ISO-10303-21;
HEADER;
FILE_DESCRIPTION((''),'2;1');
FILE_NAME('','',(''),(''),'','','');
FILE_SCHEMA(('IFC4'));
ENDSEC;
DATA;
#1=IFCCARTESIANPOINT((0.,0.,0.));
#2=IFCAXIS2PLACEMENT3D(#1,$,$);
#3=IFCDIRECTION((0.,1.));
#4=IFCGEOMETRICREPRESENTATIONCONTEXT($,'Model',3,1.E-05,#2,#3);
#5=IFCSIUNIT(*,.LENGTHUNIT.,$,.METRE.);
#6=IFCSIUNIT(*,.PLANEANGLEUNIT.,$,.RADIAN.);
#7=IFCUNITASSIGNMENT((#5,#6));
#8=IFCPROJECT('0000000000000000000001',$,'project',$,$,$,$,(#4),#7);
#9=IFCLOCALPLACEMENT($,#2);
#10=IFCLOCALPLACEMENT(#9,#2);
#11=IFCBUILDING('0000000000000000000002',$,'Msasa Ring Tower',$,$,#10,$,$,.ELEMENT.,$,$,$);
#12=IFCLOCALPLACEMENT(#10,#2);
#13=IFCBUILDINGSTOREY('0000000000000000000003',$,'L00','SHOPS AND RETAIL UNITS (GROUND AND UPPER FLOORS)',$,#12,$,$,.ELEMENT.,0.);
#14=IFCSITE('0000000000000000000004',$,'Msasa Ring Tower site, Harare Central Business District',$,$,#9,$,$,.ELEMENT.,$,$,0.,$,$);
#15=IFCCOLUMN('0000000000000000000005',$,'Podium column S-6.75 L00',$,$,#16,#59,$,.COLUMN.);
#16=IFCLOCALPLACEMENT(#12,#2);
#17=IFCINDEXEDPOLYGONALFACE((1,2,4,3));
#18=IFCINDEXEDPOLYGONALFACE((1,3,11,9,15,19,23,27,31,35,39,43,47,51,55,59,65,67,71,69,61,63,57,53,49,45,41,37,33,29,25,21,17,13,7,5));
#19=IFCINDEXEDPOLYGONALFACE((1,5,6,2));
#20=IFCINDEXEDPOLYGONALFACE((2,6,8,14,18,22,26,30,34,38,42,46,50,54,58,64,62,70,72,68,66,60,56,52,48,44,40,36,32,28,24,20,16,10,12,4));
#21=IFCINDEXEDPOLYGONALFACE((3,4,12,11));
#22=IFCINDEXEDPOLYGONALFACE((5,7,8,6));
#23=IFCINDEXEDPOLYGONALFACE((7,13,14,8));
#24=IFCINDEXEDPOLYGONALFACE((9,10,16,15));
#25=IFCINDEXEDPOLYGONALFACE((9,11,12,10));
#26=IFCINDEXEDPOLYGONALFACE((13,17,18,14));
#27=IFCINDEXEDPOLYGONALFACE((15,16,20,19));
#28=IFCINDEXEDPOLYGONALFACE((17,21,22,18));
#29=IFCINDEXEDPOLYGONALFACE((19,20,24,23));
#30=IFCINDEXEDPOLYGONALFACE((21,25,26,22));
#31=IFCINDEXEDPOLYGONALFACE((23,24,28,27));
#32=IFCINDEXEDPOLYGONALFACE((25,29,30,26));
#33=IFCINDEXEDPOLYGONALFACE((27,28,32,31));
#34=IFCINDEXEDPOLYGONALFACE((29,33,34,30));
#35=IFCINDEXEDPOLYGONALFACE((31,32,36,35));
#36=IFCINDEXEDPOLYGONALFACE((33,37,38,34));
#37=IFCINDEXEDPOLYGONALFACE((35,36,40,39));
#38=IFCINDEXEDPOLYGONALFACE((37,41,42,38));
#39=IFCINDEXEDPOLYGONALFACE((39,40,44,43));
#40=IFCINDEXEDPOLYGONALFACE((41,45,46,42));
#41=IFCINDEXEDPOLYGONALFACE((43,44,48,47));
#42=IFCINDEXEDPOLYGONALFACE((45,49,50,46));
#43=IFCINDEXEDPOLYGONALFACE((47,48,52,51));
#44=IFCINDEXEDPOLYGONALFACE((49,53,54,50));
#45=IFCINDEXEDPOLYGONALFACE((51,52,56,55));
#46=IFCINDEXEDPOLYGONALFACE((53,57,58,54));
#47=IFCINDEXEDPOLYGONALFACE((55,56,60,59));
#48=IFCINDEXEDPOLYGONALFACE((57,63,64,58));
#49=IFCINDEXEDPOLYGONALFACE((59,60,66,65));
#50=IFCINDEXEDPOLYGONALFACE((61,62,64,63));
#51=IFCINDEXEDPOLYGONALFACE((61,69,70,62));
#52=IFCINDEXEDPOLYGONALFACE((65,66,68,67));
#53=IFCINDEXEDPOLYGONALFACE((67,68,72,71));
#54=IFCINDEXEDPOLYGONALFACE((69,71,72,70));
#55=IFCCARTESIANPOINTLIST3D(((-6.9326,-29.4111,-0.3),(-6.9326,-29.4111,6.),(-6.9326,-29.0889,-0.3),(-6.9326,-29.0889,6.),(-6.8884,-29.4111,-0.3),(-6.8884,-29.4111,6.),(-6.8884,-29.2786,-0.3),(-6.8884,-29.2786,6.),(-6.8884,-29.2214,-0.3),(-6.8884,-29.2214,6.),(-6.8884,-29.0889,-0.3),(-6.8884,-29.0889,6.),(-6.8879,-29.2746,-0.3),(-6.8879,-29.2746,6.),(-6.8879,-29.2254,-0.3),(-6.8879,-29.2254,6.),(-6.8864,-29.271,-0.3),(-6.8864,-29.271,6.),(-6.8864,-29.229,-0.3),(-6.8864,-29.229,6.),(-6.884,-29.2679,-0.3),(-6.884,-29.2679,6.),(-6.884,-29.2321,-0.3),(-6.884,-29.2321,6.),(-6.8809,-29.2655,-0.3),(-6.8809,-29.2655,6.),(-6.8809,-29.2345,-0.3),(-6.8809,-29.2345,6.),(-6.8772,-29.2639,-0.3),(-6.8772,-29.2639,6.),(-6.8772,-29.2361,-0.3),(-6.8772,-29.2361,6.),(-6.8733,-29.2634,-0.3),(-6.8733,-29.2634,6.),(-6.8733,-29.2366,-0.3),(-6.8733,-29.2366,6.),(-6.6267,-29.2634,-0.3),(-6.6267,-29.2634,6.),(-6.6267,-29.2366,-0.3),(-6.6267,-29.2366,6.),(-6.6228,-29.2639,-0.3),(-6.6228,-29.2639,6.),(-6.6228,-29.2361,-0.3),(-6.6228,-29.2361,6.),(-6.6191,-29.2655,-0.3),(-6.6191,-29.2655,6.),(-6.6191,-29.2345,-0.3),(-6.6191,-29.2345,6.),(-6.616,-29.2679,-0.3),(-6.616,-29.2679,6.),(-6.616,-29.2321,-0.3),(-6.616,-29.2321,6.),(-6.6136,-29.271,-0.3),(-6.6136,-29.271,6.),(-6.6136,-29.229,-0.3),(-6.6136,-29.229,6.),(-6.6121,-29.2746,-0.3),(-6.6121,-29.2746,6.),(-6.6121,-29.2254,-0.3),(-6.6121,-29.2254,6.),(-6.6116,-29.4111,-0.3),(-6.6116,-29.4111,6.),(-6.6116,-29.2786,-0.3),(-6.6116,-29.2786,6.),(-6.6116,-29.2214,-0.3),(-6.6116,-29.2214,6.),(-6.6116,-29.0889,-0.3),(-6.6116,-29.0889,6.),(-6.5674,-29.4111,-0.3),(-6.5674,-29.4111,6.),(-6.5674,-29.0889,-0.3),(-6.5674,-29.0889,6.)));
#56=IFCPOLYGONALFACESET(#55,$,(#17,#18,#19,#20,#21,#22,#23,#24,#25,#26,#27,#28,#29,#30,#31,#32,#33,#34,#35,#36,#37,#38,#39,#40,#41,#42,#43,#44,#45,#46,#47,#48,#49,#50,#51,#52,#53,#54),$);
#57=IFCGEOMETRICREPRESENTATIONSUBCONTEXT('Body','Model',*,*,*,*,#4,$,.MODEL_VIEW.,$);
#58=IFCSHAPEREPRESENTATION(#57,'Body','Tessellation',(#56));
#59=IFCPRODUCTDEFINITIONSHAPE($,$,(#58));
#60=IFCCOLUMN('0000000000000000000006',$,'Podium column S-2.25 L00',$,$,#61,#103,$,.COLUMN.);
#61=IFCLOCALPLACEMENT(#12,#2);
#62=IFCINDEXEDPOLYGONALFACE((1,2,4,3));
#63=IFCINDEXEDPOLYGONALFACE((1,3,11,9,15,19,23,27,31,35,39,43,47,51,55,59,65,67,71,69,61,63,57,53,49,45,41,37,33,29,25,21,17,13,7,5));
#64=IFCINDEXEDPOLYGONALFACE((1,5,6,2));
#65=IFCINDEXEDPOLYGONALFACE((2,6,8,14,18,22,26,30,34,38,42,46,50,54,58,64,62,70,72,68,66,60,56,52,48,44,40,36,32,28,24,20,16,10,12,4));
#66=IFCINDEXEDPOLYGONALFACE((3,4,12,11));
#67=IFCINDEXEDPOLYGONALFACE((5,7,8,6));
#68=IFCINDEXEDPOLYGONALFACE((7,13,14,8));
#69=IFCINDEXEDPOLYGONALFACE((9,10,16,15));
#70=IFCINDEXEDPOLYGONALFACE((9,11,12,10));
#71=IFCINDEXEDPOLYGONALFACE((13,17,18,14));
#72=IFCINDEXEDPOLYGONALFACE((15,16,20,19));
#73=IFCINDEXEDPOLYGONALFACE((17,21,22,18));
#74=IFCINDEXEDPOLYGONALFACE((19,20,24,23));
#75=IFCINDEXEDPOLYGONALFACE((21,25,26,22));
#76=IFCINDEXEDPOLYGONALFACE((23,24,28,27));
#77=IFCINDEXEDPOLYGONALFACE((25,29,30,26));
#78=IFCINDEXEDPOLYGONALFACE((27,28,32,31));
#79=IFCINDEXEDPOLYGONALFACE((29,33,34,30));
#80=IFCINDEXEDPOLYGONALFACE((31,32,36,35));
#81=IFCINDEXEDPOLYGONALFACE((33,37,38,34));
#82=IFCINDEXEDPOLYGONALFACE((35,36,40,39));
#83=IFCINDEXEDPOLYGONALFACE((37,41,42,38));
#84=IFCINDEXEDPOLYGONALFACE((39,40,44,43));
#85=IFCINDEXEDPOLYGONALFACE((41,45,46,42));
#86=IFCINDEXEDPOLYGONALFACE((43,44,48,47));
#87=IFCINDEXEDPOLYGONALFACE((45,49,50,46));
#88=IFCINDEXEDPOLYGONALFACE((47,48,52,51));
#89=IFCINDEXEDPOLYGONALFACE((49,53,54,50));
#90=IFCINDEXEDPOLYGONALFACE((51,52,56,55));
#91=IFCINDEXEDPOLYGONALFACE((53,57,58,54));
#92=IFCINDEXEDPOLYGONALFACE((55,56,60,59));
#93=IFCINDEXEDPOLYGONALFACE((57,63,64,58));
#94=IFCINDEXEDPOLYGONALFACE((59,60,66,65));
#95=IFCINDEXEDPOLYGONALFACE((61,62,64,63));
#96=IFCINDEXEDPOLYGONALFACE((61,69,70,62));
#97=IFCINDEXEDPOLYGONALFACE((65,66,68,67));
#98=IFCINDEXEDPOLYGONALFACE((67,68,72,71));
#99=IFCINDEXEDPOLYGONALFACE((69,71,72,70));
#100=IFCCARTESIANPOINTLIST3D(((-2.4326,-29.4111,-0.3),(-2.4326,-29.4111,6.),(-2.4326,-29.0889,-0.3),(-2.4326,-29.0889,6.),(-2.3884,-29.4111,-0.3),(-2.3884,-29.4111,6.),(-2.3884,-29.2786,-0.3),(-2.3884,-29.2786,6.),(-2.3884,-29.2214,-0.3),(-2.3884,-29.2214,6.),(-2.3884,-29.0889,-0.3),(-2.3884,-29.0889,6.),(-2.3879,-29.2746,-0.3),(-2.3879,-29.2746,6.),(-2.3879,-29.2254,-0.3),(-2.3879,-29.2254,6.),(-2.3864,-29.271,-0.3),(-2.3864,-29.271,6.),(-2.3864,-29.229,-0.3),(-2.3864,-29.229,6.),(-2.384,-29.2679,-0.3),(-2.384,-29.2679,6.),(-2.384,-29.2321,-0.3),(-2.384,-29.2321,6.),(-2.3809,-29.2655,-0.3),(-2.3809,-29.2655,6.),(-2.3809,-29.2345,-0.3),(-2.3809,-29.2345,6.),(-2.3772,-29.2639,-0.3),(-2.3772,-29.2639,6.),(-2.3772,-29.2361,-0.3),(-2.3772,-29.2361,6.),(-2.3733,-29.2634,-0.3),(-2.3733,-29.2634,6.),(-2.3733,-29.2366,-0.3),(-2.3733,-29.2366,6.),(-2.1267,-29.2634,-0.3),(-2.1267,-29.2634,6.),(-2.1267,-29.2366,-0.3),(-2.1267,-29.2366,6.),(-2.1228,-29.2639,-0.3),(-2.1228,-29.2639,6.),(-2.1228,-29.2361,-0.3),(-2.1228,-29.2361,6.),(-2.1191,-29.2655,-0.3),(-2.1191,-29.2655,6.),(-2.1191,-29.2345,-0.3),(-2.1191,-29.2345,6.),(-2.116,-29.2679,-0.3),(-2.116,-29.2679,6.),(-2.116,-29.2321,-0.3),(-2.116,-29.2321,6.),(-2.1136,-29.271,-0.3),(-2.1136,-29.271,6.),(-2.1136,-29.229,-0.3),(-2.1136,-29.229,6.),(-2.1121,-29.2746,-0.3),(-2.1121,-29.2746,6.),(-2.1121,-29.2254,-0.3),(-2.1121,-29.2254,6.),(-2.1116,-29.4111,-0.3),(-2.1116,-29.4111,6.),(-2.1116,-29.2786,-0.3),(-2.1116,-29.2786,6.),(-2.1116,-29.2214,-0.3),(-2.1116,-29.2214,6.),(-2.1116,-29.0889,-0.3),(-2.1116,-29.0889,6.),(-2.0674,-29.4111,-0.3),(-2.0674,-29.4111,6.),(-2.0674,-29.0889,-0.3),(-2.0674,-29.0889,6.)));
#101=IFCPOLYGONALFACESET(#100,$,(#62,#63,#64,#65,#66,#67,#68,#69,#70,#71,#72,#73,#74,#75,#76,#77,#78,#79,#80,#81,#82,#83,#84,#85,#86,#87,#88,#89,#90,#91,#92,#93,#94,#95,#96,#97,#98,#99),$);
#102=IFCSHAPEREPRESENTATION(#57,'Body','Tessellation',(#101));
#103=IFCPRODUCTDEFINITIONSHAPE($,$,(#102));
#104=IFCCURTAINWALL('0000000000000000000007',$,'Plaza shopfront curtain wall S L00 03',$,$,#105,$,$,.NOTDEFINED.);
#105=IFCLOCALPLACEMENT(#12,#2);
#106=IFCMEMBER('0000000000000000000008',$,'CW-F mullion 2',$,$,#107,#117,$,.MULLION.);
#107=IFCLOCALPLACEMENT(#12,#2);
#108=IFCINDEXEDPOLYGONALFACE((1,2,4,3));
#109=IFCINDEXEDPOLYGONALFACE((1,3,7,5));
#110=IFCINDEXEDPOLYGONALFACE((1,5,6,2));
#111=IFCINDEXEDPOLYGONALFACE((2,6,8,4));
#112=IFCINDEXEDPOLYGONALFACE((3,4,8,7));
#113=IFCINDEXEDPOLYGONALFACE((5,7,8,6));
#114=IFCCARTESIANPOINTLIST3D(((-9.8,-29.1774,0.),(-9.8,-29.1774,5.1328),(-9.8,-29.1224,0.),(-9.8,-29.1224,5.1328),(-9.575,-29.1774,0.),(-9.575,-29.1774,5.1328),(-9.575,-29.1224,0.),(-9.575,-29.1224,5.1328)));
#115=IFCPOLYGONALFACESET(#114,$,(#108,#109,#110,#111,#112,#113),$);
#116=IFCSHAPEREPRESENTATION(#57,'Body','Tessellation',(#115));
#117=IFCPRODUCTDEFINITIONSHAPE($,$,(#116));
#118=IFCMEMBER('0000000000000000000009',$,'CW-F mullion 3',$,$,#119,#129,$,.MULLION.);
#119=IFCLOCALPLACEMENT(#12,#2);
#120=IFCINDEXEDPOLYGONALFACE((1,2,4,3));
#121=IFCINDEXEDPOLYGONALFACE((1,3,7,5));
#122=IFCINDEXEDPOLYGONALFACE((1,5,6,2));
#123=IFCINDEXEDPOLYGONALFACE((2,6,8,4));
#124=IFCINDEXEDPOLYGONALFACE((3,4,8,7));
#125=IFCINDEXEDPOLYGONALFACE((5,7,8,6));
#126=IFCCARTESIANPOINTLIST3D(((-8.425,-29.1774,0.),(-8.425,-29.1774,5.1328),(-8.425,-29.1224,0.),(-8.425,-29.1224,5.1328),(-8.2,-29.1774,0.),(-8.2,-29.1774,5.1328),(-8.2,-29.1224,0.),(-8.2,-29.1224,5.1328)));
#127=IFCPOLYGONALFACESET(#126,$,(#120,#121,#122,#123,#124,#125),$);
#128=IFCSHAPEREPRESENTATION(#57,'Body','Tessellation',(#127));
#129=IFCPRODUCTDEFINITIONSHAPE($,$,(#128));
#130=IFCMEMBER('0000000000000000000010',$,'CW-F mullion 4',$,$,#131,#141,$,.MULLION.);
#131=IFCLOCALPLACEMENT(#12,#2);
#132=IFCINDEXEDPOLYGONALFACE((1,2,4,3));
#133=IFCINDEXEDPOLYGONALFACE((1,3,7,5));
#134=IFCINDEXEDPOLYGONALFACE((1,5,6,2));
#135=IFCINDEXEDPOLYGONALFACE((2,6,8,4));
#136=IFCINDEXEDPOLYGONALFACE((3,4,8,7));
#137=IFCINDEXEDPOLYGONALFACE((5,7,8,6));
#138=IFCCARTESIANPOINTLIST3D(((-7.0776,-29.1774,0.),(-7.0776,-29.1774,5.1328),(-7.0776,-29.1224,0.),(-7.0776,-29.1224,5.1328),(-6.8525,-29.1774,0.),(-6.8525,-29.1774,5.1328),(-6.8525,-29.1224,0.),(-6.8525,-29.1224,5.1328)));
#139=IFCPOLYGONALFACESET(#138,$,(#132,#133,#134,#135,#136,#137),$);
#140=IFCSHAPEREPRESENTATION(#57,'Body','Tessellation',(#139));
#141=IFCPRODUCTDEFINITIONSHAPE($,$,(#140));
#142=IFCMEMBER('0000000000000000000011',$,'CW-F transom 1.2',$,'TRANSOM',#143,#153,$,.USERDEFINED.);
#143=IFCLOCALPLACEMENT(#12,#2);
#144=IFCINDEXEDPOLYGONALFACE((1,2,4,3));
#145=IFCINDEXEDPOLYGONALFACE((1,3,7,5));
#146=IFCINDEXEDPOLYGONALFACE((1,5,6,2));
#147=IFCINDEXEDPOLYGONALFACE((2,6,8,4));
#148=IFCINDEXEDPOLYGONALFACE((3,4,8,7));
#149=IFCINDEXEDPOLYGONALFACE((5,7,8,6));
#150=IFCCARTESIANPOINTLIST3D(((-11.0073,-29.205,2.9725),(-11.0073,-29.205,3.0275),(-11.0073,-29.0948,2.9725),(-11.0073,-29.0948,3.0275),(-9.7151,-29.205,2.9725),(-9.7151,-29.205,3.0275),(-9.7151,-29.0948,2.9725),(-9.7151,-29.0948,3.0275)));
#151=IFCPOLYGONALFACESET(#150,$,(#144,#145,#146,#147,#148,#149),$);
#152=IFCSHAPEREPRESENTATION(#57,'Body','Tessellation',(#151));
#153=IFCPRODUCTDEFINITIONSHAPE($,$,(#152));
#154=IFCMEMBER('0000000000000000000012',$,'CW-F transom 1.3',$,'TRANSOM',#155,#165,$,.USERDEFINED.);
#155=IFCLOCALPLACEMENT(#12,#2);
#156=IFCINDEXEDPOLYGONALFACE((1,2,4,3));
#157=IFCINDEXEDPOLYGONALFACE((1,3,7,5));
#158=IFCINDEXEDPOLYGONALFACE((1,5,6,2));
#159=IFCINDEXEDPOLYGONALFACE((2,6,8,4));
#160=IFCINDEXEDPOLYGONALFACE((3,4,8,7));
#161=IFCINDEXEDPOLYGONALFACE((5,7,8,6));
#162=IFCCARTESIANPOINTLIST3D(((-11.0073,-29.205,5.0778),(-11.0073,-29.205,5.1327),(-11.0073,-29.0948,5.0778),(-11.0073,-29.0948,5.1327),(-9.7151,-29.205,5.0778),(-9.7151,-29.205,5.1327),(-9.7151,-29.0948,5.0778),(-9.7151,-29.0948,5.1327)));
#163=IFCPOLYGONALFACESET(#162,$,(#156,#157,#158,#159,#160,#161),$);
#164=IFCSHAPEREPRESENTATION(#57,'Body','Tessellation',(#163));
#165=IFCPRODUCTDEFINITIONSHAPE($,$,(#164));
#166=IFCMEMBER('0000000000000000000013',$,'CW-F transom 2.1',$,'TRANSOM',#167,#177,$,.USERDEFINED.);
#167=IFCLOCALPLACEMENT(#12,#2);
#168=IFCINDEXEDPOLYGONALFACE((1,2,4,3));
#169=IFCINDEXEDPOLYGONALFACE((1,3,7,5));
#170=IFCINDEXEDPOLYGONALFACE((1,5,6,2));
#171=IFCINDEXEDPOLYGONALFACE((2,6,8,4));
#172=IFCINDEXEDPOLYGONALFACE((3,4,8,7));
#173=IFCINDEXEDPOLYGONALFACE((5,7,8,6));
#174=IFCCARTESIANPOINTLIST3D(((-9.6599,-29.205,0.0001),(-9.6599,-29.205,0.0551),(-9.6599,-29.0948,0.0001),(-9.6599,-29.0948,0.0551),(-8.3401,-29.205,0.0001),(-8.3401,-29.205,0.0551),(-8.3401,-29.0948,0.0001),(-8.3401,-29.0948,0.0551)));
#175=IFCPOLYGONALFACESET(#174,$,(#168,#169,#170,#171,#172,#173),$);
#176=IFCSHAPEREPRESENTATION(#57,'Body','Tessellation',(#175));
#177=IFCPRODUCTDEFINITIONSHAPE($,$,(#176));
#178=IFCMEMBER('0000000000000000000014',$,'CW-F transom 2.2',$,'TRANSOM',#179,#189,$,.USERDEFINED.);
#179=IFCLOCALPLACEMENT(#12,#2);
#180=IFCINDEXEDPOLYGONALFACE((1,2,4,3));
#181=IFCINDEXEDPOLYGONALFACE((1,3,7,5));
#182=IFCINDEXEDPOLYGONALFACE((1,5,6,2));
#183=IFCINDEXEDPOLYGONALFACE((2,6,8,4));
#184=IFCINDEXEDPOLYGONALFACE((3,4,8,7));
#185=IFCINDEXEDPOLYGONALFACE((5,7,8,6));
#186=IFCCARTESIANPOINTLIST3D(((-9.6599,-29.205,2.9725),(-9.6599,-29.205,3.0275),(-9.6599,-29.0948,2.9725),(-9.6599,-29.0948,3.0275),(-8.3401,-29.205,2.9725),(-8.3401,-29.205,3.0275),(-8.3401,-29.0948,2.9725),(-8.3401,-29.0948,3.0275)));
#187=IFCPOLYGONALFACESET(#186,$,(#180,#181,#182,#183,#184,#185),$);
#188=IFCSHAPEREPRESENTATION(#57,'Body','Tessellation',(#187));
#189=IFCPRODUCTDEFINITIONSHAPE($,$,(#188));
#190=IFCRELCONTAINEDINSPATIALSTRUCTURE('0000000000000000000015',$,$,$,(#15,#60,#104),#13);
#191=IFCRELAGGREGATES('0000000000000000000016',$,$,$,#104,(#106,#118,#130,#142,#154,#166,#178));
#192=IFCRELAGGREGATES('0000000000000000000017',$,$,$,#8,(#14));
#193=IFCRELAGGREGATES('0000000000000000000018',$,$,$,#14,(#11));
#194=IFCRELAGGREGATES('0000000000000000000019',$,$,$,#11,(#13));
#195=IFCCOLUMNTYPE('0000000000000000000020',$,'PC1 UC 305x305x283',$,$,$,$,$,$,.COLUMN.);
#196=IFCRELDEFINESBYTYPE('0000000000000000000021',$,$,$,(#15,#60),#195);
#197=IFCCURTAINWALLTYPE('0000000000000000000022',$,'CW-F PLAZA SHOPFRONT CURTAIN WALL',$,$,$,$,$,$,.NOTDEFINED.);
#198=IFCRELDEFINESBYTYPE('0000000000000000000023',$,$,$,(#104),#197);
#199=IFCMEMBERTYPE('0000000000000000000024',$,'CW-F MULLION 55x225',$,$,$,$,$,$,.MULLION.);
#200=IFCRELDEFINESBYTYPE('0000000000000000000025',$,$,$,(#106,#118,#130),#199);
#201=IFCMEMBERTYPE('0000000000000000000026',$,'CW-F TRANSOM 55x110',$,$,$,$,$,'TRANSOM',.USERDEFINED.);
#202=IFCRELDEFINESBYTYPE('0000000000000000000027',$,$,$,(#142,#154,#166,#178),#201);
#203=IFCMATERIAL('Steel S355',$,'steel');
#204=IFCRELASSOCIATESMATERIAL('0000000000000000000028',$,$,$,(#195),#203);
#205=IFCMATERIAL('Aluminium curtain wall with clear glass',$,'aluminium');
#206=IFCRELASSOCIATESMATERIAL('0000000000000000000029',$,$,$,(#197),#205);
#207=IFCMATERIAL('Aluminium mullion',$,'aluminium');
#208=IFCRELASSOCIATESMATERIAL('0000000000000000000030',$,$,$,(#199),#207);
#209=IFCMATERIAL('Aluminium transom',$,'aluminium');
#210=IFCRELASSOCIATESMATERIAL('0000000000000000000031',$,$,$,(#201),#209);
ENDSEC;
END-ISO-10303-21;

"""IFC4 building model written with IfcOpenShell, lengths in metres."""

from ifc_helpers import new_model, si_unit, direction, frame, origin, origin_2d, place, context, subcontext, project, spatial, rectangle, i_section, extrude, material, material_profile, profile_set, type_object, element, aggregate, save


model = new_model("IFC4")

# Units and contexts
model_context = context("Model", 3, precision=1e-05, world=origin(), true_north=direction((0.0, 1.0)))
body_context = subcontext(model_context, "Body", "Model", "MODEL_VIEW")
ifc_project = project(units=[si_unit("LENGTHUNIT", "METRE"), si_unit("PLANEANGLEUNIT", "RADIAN")], contexts=[model_context])

# Site, building, storey
site_placement = place(None, origin())
site = spatial("IfcSite", under=ifc_project, at=site_placement, Name="Msasa Ring Tower site, Harare Central Business District", CompositionType="ELEMENT", RefElevation=0.0)
building_placement = place(site_placement, origin())
building = spatial("IfcBuilding", under=site, at=building_placement, Name="Msasa Ring Tower", CompositionType="ELEMENT")
storey_placement = place(building_placement, origin())
storey = spatial("IfcBuildingStorey", under=building, at=storey_placement, Name="L00", Description="SHOPS AND RETAIL UNITS (GROUND AND UPPER FLOORS)", CompositionType="ELEMENT", Elevation=0.0)

# Columns
ifc_material_1 = material(Name="Steel S355", Category="steel")
ifc_material_profile_1 = material_profile(ifc_material_1, i_section(OverallWidth=0.3223, OverallDepth=0.3652, WebThickness=0.0269, FlangeThickness=0.0442, FilletRadius=0.0151, at=origin_2d()), Name="UC 305x305x283")
ifc_profile_set_1 = profile_set([ifc_material_profile_1], Name="Steel S355")
column_type = type_object("IfcColumnType", Name="PC1 UC 305x305x283", PredefinedType="COLUMN", material=ifc_profile_set_1)
for number, where, z_axis, x_axis, name in (
    (1, (-6.75, -29.25, -0.3), (0.0, 0.0, 1.0), (0.0, 1.0, 0.0), "Podium column S-6.75 L00"),
    (2, (-2.25, -29.25, -0.3), (0.0, 0.0, 1.0), (0.0, 1.0, 0.0), "Podium column S-2.25 L00"),
):
    element("IfcColumn", number, at=place(storey_placement, frame(where, z_axis=z_axis, x_axis=x_axis)), inside=storey, type_object=column_type, Name=name, PredefinedType="COLUMN", context=body_context, shape_type="SweptSolid", body=[
        extrude(i_section(OverallWidth=0.3223, OverallDepth=0.3652, WebThickness=0.0269, FlangeThickness=0.0442, FilletRadius=0.0151, at=origin_2d()), origin(), (0.0, 0.0, 1.0), 6.3),
    ])

# Curtain wall, members
ifc_material_2 = material(Name="Aluminium curtain wall with clear glass", Category="aluminium")
curtain_wall_type = type_object("IfcCurtainWallType", Name="CW-F PLAZA SHOPFRONT CURTAIN WALL", PredefinedType="NOTDEFINED", material=ifc_material_2)
curtain_wall_placement = place(storey_placement, origin())
curtain_wall = element("IfcCurtainWall", 3, at=curtain_wall_placement, inside=storey, type_object=curtain_wall_type, Name="Plaza shopfront curtain wall S L00 03", PredefinedType="NOTDEFINED")
ifc_material_3 = material(Name="Aluminium mullion", Category="aluminium")
ifc_material_profile_2 = material_profile(ifc_material_3, rectangle(XDim=0.0549, YDim=0.2251, at=origin_2d()), Name="AL 55x225")
ifc_profile_set_2 = profile_set([ifc_material_profile_2], Name="Aluminium mullion")
member_type_1 = type_object("IfcMemberType", Name="CW-F MULLION 55x225", PredefinedType="MULLION", material=ifc_profile_set_2)
member_1_placement = place(storey_placement, frame((-9.6875, -29.1499, 0.0), z_axis=(0.0, 0.0, 1.0), x_axis=(0.0, 1.0, 0.0)))
member_1 = element("IfcMember", 4, at=member_1_placement, type_object=member_type_1, Name="CW-F mullion 2", PredefinedType="MULLION", context=body_context, shape_type="SweptSolid", body=[
    extrude(rectangle(XDim=0.0549, YDim=0.2251, at=origin_2d()), origin(), (0.0, 0.0, 1.0), 5.1328),
])
member_2_placement = place(storey_placement, frame((-8.3125, -29.1499, 0.0), z_axis=(0.0, 0.0, 1.0), x_axis=(0.0, 1.0, 0.0)))
member_2 = element("IfcMember", 5, at=member_2_placement, type_object=member_type_1, Name="CW-F mullion 3", PredefinedType="MULLION", context=body_context, shape_type="SweptSolid", body=[
    extrude(rectangle(XDim=0.0549, YDim=0.2251, at=origin_2d()), origin(), (0.0, 0.0, 1.0), 5.1328),
])
member_3_placement = place(storey_placement, frame((-6.9651, -29.1499, 0.0), z_axis=(0.0, 0.0, 1.0), x_axis=(0.0, 1.0, 0.0)))
member_3 = element("IfcMember", 6, at=member_3_placement, type_object=member_type_1, Name="CW-F mullion 4", PredefinedType="MULLION", context=body_context, shape_type="SweptSolid", body=[
    extrude(rectangle(XDim=0.0549, YDim=0.2251, at=origin_2d()), origin(), (0.0, 0.0, 1.0), 5.1328),
])
ifc_material_4 = material(Name="Aluminium transom", Category="aluminium")
ifc_material_profile_3 = material_profile(ifc_material_4, rectangle(XDim=0.1101, YDim=0.0549, at=origin_2d()), Name="AL 55x110")
ifc_profile_set_3 = profile_set([ifc_material_profile_3], Name="Aluminium transom")
member_type_2 = type_object("IfcMemberType", Name="CW-F TRANSOM 55x110", ElementType="TRANSOM", PredefinedType="USERDEFINED", material=ifc_profile_set_3)
member_4_placement = place(storey_placement, frame((-11.0073, -29.1499, 3.0), z_axis=(1.0, 0.0, 0.0), x_axis=(0.0, 1.0, 0.0)))
member_4 = element("IfcMember", 7, at=member_4_placement, type_object=member_type_2, Name="CW-F transom 1.2", ObjectType="TRANSOM", PredefinedType="USERDEFINED", context=body_context, shape_type="SweptSolid", body=[
    extrude(rectangle(XDim=0.1101, YDim=0.0549, at=origin_2d()), origin(), (0.0, 0.0, 1.0), 1.2922),
])
member_5_placement = place(storey_placement, frame((-11.0073, -29.1499, 5.1052), z_axis=(1.0, 0.0, 0.0), x_axis=(0.0, 1.0, 0.0)))
member_5 = element("IfcMember", 8, at=member_5_placement, type_object=member_type_2, Name="CW-F transom 1.3", ObjectType="TRANSOM", PredefinedType="USERDEFINED", context=body_context, shape_type="SweptSolid", body=[
    extrude(rectangle(XDim=0.1101, YDim=0.0549, at=origin_2d()), origin(), (0.0, 0.0, 1.0), 1.2922),
])
member_6_placement = place(storey_placement, frame((-9.6599, -29.1499, 0.0276), z_axis=(1.0, 0.0, 0.0), x_axis=(0.0, 1.0, 0.0)))
member_6 = element("IfcMember", 9, at=member_6_placement, type_object=member_type_2, Name="CW-F transom 2.1", ObjectType="TRANSOM", PredefinedType="USERDEFINED", context=body_context, shape_type="SweptSolid", body=[
    extrude(rectangle(XDim=0.1101, YDim=0.0549, at=origin_2d()), origin(), (0.0, 0.0, 1.0), 1.3198),
])
member_7_placement = place(storey_placement, frame((-9.6599, -29.1499, 3.0), z_axis=(1.0, 0.0, 0.0), x_axis=(0.0, 1.0, 0.0)))
member_7 = element("IfcMember", 10, at=member_7_placement, type_object=member_type_2, Name="CW-F transom 2.2", ObjectType="TRANSOM", PredefinedType="USERDEFINED", context=body_context, shape_type="SweptSolid", body=[
    extrude(rectangle(XDim=0.1101, YDim=0.0549, at=origin_2d()), origin(), (0.0, 0.0, 1.0), 1.3198),
])

aggregate(curtain_wall, [member_1, member_2, member_3, member_4, member_5, member_6, member_7])

save(model, "model.ifc")
